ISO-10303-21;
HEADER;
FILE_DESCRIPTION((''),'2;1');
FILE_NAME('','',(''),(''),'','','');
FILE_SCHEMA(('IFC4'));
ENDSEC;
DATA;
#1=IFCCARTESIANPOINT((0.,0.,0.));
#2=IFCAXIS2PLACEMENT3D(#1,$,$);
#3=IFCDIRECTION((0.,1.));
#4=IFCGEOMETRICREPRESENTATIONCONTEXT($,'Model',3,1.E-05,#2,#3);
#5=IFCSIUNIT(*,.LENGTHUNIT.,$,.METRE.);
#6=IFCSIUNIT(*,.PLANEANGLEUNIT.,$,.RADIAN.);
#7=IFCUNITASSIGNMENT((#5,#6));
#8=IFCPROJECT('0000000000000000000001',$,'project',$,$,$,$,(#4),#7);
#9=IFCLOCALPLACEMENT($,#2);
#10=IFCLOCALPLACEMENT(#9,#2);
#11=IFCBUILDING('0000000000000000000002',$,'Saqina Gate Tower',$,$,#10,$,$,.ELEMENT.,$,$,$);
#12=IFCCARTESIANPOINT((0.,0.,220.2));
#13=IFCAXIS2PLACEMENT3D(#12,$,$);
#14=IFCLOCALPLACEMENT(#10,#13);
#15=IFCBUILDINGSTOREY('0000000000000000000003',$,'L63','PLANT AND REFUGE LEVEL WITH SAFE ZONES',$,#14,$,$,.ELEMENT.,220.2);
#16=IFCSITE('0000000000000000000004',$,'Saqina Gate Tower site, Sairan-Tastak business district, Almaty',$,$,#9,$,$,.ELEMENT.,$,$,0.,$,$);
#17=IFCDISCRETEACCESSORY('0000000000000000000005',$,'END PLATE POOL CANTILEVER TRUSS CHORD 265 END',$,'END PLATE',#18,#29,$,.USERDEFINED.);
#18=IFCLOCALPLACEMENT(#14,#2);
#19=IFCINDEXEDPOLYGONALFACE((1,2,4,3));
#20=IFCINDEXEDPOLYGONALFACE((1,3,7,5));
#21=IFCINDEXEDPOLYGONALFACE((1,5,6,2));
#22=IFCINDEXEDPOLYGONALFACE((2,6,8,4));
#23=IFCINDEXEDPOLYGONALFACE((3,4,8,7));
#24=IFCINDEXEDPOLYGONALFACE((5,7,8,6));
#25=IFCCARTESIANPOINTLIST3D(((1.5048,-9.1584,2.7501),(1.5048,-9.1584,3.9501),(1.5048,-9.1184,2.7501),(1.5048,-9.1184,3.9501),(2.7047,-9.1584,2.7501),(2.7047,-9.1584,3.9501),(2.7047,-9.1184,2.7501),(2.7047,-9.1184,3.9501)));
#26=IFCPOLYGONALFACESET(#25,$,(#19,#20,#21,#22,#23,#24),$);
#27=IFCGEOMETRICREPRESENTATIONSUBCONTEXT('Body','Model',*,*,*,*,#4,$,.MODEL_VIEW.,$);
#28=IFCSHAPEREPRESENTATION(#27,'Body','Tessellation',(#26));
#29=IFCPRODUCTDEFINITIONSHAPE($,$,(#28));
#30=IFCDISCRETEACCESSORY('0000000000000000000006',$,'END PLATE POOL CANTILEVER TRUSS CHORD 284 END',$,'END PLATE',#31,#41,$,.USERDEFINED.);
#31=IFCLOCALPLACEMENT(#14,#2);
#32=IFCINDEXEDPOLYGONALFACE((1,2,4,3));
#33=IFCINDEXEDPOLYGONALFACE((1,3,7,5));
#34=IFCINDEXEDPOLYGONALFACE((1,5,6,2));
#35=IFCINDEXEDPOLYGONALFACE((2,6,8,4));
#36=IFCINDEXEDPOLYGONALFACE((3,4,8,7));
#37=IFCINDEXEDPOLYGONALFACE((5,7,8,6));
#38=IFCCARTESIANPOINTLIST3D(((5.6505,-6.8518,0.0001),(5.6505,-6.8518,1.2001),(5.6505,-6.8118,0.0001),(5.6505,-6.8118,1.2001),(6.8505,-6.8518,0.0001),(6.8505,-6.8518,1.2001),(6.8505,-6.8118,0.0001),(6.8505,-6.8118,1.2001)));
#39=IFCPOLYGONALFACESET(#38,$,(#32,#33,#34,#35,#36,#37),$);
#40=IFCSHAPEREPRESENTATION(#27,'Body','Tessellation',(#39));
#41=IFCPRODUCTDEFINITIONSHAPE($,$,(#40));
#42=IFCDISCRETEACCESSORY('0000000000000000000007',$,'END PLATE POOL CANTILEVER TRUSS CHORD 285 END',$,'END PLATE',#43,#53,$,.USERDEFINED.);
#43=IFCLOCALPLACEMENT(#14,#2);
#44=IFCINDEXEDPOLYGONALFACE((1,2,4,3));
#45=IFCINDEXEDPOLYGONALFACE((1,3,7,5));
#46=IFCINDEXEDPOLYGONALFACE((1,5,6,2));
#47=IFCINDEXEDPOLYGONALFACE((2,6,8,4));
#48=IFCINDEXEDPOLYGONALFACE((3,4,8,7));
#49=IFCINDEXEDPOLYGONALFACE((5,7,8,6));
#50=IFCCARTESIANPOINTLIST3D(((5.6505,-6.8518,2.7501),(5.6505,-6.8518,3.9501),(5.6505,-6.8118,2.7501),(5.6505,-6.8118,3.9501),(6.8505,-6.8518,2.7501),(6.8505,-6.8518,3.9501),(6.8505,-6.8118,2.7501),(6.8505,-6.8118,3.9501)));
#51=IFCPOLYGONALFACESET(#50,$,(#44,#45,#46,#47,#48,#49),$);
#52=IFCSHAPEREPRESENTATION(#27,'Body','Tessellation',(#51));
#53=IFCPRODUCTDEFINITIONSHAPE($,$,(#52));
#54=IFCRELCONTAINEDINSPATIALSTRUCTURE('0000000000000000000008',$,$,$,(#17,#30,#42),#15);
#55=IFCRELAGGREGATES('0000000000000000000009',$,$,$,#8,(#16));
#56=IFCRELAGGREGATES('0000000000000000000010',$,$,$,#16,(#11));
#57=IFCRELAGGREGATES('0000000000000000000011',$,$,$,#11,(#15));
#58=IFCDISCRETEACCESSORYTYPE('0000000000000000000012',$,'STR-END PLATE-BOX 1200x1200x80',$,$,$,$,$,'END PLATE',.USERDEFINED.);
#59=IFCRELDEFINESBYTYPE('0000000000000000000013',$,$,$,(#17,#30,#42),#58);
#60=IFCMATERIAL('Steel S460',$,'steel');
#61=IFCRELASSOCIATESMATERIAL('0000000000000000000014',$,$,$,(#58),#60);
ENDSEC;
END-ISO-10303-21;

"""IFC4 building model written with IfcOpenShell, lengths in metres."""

from ifc_helpers import new_model, si_unit, direction, frame, origin, origin_2d, place, context, subcontext, project, spatial, rectangle, extrude, material, material_profile, profile_set, type_object, element, save


model = new_model("IFC4")

# Units and contexts
model_context = context("Model", 3, precision=1e-05, world=origin(), true_north=direction((0.0, 1.0)))
body_context = subcontext(model_context, "Body", "Model", "MODEL_VIEW")
ifc_project = project(units=[si_unit("LENGTHUNIT", "METRE"), si_unit("PLANEANGLEUNIT", "RADIAN")], contexts=[model_context])

# Site, building, storey
site_placement = place(None, origin())
site = spatial("IfcSite", under=ifc_project, at=site_placement, Name="Saqina Gate Tower site, Sairan-Tastak business district, Almaty", CompositionType="ELEMENT", RefElevation=0.0)
building_placement = place(site_placement, origin())
building = spatial("IfcBuilding", under=site, at=building_placement, Name="Saqina Gate Tower", CompositionType="ELEMENT")
storey_placement = place(building_placement, frame((0.0, 0.0, 220.2)))
storey = spatial("IfcBuildingStorey", under=building, at=storey_placement, Name="L63", Description="PLANT AND REFUGE LEVEL WITH SAFE ZONES", CompositionType="ELEMENT", Elevation=220.2)

# Discrete accessories
ifc_material_1 = material(Name="Steel S460", Category="steel")
ifc_material_profile_1 = material_profile(ifc_material_1, rectangle(XDim=1.2, YDim=1.2, at=origin_2d()), Name="STR-END PLATE-BOX 1200x1200x80")
ifc_profile_set_1 = profile_set([ifc_material_profile_1], Name="Steel S460")
discrete_accessory_type = type_object("IfcDiscreteAccessoryType", Name="STR-END PLATE-BOX 1200x1200x80", ElementType="END PLATE", PredefinedType="USERDEFINED", material=ifc_profile_set_1)
for number, where, z_axis, x_axis, name in (
    (1, (2.1047, -9.1584, 3.3501), (0.0, 1.0, 0.0), (-1.0, 0.0, 0.0), "END PLATE POOL CANTILEVER TRUSS CHORD 265 END"),
    (2, (6.2505, -6.8518, 0.6001), (0.0, 1.0, 0.0), (-1.0, 0.0, 0.0), "END PLATE POOL CANTILEVER TRUSS CHORD 284 END"),
    (3, (6.2505, -6.8518, 3.3501), (0.0, 1.0, 0.0), (-1.0, 0.0, 0.0), "END PLATE POOL CANTILEVER TRUSS CHORD 285 END"),
):
    element("IfcDiscreteAccessory", number, at=place(storey_placement, frame(where, z_axis=z_axis, x_axis=x_axis)), inside=storey, type_object=discrete_accessory_type, Name=name, ObjectType="END PLATE", PredefinedType="USERDEFINED", context=body_context, shape_type="SweptSolid", body=[
        extrude(rectangle(XDim=1.2, YDim=1.2, at=origin_2d()), origin(), (0.0, 0.0, 1.0), 0.04),
    ])

save(model, "model.ifc")
